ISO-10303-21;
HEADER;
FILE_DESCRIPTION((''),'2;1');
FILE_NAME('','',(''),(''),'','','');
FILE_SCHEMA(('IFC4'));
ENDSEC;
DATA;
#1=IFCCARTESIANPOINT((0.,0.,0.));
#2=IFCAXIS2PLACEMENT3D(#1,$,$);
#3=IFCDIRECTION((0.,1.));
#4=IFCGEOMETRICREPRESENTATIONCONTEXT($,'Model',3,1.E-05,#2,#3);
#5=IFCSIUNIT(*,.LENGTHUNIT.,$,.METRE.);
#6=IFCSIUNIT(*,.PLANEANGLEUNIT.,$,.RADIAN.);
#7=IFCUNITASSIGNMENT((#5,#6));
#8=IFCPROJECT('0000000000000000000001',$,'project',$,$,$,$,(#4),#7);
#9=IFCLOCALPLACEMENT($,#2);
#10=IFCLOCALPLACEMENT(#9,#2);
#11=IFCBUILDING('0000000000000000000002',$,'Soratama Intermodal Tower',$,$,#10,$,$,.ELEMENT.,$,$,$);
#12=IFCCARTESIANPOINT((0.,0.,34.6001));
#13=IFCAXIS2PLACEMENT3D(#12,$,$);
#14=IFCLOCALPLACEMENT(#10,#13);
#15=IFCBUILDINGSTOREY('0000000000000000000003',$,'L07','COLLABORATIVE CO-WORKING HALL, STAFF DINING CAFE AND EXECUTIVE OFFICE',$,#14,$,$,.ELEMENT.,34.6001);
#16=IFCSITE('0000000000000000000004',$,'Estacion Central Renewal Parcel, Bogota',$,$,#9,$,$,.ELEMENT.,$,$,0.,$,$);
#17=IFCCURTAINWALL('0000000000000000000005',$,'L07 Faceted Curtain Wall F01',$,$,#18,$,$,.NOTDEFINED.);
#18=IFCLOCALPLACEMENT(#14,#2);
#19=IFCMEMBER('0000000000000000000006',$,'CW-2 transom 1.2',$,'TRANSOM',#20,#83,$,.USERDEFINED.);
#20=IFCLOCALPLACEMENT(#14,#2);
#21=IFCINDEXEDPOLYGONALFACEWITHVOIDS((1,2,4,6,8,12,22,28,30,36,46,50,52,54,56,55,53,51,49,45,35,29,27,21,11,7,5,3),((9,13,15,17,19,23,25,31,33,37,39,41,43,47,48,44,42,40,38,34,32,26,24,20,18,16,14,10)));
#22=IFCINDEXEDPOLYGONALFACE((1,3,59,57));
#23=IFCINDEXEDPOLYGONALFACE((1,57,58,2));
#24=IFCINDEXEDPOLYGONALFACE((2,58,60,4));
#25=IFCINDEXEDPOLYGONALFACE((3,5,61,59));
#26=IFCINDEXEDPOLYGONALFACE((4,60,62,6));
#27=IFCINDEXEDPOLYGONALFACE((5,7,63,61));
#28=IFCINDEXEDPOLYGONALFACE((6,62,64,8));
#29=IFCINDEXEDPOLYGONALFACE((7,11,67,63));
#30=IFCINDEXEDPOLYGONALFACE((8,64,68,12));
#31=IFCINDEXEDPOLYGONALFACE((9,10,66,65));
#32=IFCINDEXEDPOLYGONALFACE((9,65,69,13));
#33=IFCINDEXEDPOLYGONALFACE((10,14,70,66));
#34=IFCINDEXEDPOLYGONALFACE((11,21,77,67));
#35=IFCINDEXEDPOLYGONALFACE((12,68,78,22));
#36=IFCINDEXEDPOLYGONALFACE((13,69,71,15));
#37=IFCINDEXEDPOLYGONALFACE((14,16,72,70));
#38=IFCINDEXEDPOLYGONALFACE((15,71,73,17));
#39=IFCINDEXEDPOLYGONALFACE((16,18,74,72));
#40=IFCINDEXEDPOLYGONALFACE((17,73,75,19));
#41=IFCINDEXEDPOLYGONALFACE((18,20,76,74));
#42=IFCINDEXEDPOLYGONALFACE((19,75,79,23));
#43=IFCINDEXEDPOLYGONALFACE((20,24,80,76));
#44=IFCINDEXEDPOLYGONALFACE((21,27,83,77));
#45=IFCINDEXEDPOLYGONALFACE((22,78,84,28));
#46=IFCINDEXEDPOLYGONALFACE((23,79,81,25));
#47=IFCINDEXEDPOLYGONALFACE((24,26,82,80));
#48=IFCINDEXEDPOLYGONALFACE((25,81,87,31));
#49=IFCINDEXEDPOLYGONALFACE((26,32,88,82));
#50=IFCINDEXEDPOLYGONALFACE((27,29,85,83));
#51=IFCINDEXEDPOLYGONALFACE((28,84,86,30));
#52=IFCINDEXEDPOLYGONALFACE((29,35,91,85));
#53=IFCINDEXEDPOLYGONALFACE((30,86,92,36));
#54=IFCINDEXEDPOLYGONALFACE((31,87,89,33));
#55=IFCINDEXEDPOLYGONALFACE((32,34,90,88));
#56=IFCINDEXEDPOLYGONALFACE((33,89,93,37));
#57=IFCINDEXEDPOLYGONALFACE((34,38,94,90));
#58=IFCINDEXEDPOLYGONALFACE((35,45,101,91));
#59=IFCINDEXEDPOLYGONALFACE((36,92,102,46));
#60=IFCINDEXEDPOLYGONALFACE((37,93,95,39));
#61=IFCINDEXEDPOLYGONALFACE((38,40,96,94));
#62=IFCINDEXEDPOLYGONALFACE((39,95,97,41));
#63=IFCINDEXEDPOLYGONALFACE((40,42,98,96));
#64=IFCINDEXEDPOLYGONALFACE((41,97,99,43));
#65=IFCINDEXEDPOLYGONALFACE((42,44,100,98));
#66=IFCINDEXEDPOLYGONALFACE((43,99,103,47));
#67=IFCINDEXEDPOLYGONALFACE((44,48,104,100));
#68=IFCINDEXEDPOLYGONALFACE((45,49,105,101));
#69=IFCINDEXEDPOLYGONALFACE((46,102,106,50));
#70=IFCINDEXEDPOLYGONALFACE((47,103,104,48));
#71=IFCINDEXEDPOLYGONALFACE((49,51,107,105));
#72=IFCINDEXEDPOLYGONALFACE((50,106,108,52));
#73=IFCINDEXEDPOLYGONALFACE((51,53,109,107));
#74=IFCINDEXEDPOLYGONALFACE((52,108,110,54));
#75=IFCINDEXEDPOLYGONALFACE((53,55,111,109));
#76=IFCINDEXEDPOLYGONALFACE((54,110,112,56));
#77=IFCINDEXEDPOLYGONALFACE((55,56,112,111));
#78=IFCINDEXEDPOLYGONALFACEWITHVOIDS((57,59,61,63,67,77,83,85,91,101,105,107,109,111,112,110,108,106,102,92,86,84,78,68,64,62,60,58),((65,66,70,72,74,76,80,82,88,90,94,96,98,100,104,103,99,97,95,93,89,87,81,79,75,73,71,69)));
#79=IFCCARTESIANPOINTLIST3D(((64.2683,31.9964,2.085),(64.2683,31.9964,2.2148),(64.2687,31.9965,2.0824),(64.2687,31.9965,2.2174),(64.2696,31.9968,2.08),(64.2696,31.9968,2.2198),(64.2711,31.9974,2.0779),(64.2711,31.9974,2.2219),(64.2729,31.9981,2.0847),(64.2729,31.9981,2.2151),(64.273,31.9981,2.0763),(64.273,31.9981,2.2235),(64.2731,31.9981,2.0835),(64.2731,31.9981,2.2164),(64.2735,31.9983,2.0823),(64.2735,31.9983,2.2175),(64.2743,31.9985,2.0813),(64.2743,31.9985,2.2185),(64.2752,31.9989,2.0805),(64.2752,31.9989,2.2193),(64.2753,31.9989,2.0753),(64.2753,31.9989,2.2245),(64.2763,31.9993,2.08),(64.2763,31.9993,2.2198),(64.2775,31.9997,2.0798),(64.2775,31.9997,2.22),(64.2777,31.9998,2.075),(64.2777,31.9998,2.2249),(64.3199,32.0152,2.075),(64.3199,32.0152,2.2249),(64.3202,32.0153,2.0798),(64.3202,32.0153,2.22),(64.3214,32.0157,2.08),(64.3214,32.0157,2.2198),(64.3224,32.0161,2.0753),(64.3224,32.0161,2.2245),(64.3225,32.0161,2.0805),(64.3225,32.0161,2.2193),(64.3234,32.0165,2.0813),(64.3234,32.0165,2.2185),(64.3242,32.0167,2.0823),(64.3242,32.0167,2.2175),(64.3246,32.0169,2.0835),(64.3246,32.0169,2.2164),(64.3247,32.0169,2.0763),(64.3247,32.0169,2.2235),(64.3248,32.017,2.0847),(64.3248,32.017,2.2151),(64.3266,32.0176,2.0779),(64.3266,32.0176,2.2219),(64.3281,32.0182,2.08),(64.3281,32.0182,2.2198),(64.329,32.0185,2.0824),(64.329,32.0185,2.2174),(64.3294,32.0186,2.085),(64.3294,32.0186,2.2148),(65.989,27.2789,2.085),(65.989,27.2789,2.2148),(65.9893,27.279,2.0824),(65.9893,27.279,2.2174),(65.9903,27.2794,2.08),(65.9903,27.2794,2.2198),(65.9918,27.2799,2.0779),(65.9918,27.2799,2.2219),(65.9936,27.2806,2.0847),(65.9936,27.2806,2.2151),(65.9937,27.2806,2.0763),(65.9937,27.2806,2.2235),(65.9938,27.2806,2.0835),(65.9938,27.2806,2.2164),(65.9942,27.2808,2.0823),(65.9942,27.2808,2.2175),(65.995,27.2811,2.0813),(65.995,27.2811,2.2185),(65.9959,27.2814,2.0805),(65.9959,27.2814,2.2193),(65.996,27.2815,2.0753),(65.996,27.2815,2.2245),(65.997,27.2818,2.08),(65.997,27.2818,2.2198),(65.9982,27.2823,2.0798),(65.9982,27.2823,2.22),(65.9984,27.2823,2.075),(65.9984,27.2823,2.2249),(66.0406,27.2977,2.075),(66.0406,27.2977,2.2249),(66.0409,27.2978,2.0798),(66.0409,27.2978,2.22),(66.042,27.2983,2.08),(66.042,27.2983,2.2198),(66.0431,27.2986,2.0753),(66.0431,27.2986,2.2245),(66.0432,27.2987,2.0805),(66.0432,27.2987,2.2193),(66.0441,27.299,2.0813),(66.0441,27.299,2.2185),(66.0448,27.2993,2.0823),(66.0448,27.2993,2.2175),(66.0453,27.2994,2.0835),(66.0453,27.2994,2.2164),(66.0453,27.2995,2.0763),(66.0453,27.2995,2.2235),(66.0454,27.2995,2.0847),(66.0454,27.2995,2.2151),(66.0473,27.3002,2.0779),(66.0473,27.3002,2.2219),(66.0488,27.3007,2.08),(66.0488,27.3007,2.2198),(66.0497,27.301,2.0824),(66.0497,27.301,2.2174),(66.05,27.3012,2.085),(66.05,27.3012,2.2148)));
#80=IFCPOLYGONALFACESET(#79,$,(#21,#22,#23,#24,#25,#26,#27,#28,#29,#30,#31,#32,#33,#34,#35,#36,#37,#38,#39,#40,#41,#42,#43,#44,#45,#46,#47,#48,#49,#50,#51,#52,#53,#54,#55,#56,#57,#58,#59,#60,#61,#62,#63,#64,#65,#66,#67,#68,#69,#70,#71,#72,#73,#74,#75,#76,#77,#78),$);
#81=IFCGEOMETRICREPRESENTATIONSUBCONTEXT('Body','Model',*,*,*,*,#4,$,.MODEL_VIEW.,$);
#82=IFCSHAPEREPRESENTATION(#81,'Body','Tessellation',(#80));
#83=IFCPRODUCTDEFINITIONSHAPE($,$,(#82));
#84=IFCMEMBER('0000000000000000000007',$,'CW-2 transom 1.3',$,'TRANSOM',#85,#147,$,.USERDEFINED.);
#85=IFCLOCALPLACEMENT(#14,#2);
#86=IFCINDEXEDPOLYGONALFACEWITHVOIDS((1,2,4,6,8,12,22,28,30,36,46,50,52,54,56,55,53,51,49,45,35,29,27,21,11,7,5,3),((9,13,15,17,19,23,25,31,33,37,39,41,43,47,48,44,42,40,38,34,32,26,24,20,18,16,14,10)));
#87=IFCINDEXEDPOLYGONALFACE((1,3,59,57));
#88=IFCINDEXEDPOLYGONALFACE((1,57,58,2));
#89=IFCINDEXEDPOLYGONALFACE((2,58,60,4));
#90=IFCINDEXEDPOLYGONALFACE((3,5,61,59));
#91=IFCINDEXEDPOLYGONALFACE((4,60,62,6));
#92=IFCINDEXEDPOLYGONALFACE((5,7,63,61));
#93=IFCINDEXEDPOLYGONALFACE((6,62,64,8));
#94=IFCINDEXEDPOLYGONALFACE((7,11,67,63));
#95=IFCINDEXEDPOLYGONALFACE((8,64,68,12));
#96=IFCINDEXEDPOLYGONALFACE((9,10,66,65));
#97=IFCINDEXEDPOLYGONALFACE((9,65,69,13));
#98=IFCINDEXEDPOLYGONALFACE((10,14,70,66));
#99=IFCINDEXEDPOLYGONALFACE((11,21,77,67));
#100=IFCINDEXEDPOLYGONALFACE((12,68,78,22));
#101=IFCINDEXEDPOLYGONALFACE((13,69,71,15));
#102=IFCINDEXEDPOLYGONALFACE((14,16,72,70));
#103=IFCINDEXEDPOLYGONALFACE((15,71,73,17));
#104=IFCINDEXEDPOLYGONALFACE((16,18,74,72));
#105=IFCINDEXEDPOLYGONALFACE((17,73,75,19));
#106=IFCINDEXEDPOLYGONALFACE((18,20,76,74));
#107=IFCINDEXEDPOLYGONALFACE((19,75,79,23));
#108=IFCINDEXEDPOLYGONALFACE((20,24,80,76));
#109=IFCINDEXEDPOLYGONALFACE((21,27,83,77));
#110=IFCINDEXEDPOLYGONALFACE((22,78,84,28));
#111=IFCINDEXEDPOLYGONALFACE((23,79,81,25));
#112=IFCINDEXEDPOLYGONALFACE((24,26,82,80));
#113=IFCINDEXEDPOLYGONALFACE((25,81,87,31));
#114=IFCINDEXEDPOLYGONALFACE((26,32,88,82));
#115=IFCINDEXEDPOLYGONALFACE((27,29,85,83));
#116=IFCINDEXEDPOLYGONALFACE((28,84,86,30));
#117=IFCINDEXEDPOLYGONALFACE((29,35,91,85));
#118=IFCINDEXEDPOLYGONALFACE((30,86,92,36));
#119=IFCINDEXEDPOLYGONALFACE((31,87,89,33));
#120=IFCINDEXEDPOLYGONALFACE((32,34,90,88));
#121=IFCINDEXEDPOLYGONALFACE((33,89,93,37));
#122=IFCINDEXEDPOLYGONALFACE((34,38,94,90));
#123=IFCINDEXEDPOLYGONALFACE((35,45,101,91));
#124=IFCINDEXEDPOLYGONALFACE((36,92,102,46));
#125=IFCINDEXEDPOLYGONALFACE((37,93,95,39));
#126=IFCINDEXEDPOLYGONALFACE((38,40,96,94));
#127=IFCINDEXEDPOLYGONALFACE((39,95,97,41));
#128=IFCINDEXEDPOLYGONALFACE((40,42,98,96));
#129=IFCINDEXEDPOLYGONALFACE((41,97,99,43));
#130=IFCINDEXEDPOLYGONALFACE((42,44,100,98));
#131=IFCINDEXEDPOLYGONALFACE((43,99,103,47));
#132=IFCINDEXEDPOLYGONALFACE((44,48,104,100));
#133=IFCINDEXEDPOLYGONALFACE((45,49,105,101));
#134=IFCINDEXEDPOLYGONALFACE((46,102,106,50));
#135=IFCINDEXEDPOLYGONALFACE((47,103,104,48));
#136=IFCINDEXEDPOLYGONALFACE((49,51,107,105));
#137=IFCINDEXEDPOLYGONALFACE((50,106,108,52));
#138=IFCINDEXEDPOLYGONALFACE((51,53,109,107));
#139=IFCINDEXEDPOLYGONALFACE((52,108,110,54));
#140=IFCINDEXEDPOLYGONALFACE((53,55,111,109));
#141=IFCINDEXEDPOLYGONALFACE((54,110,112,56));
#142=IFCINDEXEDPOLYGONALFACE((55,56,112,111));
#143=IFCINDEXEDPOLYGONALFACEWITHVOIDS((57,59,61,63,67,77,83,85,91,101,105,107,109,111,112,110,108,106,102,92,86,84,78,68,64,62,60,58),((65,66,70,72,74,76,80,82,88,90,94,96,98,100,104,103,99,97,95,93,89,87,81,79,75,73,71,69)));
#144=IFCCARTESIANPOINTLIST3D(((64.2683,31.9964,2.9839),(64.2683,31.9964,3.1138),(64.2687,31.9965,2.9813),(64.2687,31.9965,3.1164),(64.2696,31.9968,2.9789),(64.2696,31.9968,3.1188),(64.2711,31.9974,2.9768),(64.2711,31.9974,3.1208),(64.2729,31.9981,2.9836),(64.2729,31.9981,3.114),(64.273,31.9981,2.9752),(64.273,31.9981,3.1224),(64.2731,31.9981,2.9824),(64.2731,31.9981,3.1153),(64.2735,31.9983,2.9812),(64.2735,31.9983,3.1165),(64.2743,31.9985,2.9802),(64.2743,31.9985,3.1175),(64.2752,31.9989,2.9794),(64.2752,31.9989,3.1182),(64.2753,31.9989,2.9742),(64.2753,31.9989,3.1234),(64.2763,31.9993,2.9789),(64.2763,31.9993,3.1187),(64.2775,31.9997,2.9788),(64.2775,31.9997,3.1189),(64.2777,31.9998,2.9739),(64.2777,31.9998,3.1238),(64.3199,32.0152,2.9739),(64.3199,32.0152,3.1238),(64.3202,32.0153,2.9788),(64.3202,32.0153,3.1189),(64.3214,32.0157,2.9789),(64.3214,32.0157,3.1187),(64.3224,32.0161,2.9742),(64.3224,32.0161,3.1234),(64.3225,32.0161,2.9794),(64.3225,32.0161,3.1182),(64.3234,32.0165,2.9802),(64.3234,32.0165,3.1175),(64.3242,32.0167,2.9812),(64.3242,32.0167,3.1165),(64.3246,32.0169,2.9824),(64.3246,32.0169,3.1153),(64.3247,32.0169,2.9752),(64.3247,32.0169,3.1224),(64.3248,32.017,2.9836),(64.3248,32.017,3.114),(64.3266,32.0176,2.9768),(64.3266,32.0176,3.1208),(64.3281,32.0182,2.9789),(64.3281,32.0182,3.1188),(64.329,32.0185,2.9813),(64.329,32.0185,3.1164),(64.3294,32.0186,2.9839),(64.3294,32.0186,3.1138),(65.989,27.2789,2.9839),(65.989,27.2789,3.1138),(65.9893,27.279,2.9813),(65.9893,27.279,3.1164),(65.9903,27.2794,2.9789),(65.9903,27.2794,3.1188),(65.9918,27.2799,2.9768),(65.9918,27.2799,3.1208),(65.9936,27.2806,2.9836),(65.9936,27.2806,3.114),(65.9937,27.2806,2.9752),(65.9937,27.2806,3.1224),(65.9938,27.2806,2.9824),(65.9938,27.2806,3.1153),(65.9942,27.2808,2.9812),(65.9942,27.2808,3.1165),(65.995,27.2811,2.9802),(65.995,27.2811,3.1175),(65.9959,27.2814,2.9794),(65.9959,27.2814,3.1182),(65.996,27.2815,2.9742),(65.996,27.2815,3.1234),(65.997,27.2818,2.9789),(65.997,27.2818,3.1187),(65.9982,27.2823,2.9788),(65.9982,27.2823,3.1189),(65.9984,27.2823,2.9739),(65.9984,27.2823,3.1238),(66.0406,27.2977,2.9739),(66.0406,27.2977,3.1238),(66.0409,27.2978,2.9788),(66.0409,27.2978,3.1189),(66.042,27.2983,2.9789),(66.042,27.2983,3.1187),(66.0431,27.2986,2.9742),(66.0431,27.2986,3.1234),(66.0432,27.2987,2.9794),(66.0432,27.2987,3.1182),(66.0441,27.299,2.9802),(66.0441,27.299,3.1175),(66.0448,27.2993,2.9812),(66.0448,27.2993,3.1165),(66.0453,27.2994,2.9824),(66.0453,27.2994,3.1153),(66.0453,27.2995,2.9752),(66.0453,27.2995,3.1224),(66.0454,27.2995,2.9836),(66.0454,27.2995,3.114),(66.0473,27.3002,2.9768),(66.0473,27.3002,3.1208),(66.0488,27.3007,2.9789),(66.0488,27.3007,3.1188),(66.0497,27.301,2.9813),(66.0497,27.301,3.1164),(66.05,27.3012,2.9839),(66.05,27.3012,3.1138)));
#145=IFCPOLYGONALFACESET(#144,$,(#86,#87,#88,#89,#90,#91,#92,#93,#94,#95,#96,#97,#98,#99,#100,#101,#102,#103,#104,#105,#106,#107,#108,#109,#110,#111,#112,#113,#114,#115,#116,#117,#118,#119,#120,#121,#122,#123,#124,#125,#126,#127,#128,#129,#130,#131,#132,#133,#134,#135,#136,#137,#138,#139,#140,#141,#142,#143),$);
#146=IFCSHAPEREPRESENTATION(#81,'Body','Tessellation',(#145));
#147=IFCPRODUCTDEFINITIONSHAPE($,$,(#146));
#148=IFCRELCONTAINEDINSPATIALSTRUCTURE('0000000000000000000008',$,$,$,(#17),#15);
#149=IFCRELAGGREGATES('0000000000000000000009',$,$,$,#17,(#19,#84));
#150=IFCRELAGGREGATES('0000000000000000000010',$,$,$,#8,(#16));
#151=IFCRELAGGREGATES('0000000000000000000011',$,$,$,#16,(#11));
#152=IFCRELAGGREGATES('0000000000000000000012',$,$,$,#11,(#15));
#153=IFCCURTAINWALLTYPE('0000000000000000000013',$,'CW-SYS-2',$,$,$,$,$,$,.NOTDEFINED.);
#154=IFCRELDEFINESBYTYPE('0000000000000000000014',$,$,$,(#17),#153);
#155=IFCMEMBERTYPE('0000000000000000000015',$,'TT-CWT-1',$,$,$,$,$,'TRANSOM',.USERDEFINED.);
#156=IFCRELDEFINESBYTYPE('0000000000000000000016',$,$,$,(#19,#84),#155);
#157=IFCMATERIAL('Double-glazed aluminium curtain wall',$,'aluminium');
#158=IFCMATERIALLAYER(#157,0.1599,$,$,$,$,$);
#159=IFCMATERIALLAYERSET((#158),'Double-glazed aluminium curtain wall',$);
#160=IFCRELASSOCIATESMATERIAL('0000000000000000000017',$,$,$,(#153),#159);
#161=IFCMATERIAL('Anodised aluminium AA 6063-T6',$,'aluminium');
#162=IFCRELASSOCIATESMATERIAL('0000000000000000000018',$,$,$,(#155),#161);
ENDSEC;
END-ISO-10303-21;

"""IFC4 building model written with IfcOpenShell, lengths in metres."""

from ifc_helpers import new_model, si_unit, direction, frame, origin, origin_2d, place, context, subcontext, project, spatial, hollow_rectangle, extrude, material, layer, layer_set, material_profile, profile_set, type_object, element, aggregate, save


model = new_model("IFC4")

# Units and contexts
model_context = context("Model", 3, precision=1e-05, world=origin(), true_north=direction((0.0, 1.0)))
body_context = subcontext(model_context, "Body", "Model", "MODEL_VIEW")
ifc_project = project(units=[si_unit("LENGTHUNIT", "METRE"), si_unit("PLANEANGLEUNIT", "RADIAN")], contexts=[model_context])

# Site, building, storey
site_placement = place(None, origin())
site = spatial("IfcSite", under=ifc_project, at=site_placement, Name="Estacion Central Renewal Parcel, Bogota", CompositionType="ELEMENT", RefElevation=0.0)
building_placement = place(site_placement, origin())
building = spatial("IfcBuilding", under=site, at=building_placement, Name="Soratama Intermodal Tower", CompositionType="ELEMENT")
storey_placement = place(building_placement, frame((0.0, 0.0, 34.6001)))
storey = spatial("IfcBuildingStorey", under=building, at=storey_placement, Name="L07", Description="COLLABORATIVE CO-WORKING HALL, STAFF DINING CAFE AND EXECUTIVE OFFICE", CompositionType="ELEMENT", Elevation=34.6001)

# Curtain wall, members
ifc_material_1 = material(Name="Double-glazed aluminium curtain wall", Category="aluminium")
ifc_layer_1 = layer(ifc_material_1, 0.1599)
ifc_layer_set_1 = layer_set([ifc_layer_1], Name="Double-glazed aluminium curtain wall")
curtain_wall_type = type_object("IfcCurtainWallType", Name="CW-SYS-2", PredefinedType="NOTDEFINED", material=ifc_layer_set_1)
curtain_wall_placement = place(storey_placement, origin())
curtain_wall = element("IfcCurtainWall", 1, at=curtain_wall_placement, inside=storey, type_object=curtain_wall_type, Name="L07 Faceted Curtain Wall F01", PredefinedType="NOTDEFINED")
ifc_material_2 = material(Name="Anodised aluminium AA 6063-T6", Category="aluminium")
ifc_material_profile_1 = material_profile(ifc_material_2, hollow_rectangle(XDim=0.0649, YDim=0.1499, WallThickness=0.0049, InnerFilletRadius=0.0049, OuterFilletRadius=0.01, at=origin_2d()), Name="CWT150X65X5")
ifc_profile_set_1 = profile_set([ifc_material_profile_1], Name="Anodised aluminium AA 6063-T6")
member_type_1 = type_object("IfcMemberType", Name="TT-CWT-1", ElementType="TRANSOM", PredefinedType="USERDEFINED", material=ifc_profile_set_1)
member_1_placement = place(storey_placement, frame((66.0195, 27.29, 2.1499), z_axis=(-0.342664, 0.939458, 0.0), x_axis=(-0.939458, -0.342664, 0.0)))
member_1 = element("IfcMember", 2, at=member_1_placement, type_object=member_type_1, Name="CW-2 transom 1.2", ObjectType="TRANSOM", PredefinedType="USERDEFINED", context=body_context, shape_type="SweptSolid", body=[
    extrude(hollow_rectangle(XDim=0.0649, YDim=0.1499, WallThickness=0.0049, InnerFilletRadius=0.0049, OuterFilletRadius=0.01, at=origin_2d()), origin(), (0.0, 0.0, 1.0), 5.0215),
])
member_2_placement = place(storey_placement, frame((66.0195, 27.29, 3.0488), z_axis=(-0.342664, 0.939458, 0.0), x_axis=(-0.939458, -0.342664, 0.0)))
member_2 = element("IfcMember", 3, at=member_2_placement, type_object=member_type_1, Name="CW-2 transom 1.3", ObjectType="TRANSOM", PredefinedType="USERDEFINED", context=body_context, shape_type="SweptSolid", body=[
    extrude(hollow_rectangle(XDim=0.0649, YDim=0.1499, WallThickness=0.0049, InnerFilletRadius=0.0049, OuterFilletRadius=0.01, at=origin_2d()), origin(), (0.0, 0.0, 1.0), 5.0215),
])
aggregate(curtain_wall, [member_1, member_2])

save(model, "model.ifc")
